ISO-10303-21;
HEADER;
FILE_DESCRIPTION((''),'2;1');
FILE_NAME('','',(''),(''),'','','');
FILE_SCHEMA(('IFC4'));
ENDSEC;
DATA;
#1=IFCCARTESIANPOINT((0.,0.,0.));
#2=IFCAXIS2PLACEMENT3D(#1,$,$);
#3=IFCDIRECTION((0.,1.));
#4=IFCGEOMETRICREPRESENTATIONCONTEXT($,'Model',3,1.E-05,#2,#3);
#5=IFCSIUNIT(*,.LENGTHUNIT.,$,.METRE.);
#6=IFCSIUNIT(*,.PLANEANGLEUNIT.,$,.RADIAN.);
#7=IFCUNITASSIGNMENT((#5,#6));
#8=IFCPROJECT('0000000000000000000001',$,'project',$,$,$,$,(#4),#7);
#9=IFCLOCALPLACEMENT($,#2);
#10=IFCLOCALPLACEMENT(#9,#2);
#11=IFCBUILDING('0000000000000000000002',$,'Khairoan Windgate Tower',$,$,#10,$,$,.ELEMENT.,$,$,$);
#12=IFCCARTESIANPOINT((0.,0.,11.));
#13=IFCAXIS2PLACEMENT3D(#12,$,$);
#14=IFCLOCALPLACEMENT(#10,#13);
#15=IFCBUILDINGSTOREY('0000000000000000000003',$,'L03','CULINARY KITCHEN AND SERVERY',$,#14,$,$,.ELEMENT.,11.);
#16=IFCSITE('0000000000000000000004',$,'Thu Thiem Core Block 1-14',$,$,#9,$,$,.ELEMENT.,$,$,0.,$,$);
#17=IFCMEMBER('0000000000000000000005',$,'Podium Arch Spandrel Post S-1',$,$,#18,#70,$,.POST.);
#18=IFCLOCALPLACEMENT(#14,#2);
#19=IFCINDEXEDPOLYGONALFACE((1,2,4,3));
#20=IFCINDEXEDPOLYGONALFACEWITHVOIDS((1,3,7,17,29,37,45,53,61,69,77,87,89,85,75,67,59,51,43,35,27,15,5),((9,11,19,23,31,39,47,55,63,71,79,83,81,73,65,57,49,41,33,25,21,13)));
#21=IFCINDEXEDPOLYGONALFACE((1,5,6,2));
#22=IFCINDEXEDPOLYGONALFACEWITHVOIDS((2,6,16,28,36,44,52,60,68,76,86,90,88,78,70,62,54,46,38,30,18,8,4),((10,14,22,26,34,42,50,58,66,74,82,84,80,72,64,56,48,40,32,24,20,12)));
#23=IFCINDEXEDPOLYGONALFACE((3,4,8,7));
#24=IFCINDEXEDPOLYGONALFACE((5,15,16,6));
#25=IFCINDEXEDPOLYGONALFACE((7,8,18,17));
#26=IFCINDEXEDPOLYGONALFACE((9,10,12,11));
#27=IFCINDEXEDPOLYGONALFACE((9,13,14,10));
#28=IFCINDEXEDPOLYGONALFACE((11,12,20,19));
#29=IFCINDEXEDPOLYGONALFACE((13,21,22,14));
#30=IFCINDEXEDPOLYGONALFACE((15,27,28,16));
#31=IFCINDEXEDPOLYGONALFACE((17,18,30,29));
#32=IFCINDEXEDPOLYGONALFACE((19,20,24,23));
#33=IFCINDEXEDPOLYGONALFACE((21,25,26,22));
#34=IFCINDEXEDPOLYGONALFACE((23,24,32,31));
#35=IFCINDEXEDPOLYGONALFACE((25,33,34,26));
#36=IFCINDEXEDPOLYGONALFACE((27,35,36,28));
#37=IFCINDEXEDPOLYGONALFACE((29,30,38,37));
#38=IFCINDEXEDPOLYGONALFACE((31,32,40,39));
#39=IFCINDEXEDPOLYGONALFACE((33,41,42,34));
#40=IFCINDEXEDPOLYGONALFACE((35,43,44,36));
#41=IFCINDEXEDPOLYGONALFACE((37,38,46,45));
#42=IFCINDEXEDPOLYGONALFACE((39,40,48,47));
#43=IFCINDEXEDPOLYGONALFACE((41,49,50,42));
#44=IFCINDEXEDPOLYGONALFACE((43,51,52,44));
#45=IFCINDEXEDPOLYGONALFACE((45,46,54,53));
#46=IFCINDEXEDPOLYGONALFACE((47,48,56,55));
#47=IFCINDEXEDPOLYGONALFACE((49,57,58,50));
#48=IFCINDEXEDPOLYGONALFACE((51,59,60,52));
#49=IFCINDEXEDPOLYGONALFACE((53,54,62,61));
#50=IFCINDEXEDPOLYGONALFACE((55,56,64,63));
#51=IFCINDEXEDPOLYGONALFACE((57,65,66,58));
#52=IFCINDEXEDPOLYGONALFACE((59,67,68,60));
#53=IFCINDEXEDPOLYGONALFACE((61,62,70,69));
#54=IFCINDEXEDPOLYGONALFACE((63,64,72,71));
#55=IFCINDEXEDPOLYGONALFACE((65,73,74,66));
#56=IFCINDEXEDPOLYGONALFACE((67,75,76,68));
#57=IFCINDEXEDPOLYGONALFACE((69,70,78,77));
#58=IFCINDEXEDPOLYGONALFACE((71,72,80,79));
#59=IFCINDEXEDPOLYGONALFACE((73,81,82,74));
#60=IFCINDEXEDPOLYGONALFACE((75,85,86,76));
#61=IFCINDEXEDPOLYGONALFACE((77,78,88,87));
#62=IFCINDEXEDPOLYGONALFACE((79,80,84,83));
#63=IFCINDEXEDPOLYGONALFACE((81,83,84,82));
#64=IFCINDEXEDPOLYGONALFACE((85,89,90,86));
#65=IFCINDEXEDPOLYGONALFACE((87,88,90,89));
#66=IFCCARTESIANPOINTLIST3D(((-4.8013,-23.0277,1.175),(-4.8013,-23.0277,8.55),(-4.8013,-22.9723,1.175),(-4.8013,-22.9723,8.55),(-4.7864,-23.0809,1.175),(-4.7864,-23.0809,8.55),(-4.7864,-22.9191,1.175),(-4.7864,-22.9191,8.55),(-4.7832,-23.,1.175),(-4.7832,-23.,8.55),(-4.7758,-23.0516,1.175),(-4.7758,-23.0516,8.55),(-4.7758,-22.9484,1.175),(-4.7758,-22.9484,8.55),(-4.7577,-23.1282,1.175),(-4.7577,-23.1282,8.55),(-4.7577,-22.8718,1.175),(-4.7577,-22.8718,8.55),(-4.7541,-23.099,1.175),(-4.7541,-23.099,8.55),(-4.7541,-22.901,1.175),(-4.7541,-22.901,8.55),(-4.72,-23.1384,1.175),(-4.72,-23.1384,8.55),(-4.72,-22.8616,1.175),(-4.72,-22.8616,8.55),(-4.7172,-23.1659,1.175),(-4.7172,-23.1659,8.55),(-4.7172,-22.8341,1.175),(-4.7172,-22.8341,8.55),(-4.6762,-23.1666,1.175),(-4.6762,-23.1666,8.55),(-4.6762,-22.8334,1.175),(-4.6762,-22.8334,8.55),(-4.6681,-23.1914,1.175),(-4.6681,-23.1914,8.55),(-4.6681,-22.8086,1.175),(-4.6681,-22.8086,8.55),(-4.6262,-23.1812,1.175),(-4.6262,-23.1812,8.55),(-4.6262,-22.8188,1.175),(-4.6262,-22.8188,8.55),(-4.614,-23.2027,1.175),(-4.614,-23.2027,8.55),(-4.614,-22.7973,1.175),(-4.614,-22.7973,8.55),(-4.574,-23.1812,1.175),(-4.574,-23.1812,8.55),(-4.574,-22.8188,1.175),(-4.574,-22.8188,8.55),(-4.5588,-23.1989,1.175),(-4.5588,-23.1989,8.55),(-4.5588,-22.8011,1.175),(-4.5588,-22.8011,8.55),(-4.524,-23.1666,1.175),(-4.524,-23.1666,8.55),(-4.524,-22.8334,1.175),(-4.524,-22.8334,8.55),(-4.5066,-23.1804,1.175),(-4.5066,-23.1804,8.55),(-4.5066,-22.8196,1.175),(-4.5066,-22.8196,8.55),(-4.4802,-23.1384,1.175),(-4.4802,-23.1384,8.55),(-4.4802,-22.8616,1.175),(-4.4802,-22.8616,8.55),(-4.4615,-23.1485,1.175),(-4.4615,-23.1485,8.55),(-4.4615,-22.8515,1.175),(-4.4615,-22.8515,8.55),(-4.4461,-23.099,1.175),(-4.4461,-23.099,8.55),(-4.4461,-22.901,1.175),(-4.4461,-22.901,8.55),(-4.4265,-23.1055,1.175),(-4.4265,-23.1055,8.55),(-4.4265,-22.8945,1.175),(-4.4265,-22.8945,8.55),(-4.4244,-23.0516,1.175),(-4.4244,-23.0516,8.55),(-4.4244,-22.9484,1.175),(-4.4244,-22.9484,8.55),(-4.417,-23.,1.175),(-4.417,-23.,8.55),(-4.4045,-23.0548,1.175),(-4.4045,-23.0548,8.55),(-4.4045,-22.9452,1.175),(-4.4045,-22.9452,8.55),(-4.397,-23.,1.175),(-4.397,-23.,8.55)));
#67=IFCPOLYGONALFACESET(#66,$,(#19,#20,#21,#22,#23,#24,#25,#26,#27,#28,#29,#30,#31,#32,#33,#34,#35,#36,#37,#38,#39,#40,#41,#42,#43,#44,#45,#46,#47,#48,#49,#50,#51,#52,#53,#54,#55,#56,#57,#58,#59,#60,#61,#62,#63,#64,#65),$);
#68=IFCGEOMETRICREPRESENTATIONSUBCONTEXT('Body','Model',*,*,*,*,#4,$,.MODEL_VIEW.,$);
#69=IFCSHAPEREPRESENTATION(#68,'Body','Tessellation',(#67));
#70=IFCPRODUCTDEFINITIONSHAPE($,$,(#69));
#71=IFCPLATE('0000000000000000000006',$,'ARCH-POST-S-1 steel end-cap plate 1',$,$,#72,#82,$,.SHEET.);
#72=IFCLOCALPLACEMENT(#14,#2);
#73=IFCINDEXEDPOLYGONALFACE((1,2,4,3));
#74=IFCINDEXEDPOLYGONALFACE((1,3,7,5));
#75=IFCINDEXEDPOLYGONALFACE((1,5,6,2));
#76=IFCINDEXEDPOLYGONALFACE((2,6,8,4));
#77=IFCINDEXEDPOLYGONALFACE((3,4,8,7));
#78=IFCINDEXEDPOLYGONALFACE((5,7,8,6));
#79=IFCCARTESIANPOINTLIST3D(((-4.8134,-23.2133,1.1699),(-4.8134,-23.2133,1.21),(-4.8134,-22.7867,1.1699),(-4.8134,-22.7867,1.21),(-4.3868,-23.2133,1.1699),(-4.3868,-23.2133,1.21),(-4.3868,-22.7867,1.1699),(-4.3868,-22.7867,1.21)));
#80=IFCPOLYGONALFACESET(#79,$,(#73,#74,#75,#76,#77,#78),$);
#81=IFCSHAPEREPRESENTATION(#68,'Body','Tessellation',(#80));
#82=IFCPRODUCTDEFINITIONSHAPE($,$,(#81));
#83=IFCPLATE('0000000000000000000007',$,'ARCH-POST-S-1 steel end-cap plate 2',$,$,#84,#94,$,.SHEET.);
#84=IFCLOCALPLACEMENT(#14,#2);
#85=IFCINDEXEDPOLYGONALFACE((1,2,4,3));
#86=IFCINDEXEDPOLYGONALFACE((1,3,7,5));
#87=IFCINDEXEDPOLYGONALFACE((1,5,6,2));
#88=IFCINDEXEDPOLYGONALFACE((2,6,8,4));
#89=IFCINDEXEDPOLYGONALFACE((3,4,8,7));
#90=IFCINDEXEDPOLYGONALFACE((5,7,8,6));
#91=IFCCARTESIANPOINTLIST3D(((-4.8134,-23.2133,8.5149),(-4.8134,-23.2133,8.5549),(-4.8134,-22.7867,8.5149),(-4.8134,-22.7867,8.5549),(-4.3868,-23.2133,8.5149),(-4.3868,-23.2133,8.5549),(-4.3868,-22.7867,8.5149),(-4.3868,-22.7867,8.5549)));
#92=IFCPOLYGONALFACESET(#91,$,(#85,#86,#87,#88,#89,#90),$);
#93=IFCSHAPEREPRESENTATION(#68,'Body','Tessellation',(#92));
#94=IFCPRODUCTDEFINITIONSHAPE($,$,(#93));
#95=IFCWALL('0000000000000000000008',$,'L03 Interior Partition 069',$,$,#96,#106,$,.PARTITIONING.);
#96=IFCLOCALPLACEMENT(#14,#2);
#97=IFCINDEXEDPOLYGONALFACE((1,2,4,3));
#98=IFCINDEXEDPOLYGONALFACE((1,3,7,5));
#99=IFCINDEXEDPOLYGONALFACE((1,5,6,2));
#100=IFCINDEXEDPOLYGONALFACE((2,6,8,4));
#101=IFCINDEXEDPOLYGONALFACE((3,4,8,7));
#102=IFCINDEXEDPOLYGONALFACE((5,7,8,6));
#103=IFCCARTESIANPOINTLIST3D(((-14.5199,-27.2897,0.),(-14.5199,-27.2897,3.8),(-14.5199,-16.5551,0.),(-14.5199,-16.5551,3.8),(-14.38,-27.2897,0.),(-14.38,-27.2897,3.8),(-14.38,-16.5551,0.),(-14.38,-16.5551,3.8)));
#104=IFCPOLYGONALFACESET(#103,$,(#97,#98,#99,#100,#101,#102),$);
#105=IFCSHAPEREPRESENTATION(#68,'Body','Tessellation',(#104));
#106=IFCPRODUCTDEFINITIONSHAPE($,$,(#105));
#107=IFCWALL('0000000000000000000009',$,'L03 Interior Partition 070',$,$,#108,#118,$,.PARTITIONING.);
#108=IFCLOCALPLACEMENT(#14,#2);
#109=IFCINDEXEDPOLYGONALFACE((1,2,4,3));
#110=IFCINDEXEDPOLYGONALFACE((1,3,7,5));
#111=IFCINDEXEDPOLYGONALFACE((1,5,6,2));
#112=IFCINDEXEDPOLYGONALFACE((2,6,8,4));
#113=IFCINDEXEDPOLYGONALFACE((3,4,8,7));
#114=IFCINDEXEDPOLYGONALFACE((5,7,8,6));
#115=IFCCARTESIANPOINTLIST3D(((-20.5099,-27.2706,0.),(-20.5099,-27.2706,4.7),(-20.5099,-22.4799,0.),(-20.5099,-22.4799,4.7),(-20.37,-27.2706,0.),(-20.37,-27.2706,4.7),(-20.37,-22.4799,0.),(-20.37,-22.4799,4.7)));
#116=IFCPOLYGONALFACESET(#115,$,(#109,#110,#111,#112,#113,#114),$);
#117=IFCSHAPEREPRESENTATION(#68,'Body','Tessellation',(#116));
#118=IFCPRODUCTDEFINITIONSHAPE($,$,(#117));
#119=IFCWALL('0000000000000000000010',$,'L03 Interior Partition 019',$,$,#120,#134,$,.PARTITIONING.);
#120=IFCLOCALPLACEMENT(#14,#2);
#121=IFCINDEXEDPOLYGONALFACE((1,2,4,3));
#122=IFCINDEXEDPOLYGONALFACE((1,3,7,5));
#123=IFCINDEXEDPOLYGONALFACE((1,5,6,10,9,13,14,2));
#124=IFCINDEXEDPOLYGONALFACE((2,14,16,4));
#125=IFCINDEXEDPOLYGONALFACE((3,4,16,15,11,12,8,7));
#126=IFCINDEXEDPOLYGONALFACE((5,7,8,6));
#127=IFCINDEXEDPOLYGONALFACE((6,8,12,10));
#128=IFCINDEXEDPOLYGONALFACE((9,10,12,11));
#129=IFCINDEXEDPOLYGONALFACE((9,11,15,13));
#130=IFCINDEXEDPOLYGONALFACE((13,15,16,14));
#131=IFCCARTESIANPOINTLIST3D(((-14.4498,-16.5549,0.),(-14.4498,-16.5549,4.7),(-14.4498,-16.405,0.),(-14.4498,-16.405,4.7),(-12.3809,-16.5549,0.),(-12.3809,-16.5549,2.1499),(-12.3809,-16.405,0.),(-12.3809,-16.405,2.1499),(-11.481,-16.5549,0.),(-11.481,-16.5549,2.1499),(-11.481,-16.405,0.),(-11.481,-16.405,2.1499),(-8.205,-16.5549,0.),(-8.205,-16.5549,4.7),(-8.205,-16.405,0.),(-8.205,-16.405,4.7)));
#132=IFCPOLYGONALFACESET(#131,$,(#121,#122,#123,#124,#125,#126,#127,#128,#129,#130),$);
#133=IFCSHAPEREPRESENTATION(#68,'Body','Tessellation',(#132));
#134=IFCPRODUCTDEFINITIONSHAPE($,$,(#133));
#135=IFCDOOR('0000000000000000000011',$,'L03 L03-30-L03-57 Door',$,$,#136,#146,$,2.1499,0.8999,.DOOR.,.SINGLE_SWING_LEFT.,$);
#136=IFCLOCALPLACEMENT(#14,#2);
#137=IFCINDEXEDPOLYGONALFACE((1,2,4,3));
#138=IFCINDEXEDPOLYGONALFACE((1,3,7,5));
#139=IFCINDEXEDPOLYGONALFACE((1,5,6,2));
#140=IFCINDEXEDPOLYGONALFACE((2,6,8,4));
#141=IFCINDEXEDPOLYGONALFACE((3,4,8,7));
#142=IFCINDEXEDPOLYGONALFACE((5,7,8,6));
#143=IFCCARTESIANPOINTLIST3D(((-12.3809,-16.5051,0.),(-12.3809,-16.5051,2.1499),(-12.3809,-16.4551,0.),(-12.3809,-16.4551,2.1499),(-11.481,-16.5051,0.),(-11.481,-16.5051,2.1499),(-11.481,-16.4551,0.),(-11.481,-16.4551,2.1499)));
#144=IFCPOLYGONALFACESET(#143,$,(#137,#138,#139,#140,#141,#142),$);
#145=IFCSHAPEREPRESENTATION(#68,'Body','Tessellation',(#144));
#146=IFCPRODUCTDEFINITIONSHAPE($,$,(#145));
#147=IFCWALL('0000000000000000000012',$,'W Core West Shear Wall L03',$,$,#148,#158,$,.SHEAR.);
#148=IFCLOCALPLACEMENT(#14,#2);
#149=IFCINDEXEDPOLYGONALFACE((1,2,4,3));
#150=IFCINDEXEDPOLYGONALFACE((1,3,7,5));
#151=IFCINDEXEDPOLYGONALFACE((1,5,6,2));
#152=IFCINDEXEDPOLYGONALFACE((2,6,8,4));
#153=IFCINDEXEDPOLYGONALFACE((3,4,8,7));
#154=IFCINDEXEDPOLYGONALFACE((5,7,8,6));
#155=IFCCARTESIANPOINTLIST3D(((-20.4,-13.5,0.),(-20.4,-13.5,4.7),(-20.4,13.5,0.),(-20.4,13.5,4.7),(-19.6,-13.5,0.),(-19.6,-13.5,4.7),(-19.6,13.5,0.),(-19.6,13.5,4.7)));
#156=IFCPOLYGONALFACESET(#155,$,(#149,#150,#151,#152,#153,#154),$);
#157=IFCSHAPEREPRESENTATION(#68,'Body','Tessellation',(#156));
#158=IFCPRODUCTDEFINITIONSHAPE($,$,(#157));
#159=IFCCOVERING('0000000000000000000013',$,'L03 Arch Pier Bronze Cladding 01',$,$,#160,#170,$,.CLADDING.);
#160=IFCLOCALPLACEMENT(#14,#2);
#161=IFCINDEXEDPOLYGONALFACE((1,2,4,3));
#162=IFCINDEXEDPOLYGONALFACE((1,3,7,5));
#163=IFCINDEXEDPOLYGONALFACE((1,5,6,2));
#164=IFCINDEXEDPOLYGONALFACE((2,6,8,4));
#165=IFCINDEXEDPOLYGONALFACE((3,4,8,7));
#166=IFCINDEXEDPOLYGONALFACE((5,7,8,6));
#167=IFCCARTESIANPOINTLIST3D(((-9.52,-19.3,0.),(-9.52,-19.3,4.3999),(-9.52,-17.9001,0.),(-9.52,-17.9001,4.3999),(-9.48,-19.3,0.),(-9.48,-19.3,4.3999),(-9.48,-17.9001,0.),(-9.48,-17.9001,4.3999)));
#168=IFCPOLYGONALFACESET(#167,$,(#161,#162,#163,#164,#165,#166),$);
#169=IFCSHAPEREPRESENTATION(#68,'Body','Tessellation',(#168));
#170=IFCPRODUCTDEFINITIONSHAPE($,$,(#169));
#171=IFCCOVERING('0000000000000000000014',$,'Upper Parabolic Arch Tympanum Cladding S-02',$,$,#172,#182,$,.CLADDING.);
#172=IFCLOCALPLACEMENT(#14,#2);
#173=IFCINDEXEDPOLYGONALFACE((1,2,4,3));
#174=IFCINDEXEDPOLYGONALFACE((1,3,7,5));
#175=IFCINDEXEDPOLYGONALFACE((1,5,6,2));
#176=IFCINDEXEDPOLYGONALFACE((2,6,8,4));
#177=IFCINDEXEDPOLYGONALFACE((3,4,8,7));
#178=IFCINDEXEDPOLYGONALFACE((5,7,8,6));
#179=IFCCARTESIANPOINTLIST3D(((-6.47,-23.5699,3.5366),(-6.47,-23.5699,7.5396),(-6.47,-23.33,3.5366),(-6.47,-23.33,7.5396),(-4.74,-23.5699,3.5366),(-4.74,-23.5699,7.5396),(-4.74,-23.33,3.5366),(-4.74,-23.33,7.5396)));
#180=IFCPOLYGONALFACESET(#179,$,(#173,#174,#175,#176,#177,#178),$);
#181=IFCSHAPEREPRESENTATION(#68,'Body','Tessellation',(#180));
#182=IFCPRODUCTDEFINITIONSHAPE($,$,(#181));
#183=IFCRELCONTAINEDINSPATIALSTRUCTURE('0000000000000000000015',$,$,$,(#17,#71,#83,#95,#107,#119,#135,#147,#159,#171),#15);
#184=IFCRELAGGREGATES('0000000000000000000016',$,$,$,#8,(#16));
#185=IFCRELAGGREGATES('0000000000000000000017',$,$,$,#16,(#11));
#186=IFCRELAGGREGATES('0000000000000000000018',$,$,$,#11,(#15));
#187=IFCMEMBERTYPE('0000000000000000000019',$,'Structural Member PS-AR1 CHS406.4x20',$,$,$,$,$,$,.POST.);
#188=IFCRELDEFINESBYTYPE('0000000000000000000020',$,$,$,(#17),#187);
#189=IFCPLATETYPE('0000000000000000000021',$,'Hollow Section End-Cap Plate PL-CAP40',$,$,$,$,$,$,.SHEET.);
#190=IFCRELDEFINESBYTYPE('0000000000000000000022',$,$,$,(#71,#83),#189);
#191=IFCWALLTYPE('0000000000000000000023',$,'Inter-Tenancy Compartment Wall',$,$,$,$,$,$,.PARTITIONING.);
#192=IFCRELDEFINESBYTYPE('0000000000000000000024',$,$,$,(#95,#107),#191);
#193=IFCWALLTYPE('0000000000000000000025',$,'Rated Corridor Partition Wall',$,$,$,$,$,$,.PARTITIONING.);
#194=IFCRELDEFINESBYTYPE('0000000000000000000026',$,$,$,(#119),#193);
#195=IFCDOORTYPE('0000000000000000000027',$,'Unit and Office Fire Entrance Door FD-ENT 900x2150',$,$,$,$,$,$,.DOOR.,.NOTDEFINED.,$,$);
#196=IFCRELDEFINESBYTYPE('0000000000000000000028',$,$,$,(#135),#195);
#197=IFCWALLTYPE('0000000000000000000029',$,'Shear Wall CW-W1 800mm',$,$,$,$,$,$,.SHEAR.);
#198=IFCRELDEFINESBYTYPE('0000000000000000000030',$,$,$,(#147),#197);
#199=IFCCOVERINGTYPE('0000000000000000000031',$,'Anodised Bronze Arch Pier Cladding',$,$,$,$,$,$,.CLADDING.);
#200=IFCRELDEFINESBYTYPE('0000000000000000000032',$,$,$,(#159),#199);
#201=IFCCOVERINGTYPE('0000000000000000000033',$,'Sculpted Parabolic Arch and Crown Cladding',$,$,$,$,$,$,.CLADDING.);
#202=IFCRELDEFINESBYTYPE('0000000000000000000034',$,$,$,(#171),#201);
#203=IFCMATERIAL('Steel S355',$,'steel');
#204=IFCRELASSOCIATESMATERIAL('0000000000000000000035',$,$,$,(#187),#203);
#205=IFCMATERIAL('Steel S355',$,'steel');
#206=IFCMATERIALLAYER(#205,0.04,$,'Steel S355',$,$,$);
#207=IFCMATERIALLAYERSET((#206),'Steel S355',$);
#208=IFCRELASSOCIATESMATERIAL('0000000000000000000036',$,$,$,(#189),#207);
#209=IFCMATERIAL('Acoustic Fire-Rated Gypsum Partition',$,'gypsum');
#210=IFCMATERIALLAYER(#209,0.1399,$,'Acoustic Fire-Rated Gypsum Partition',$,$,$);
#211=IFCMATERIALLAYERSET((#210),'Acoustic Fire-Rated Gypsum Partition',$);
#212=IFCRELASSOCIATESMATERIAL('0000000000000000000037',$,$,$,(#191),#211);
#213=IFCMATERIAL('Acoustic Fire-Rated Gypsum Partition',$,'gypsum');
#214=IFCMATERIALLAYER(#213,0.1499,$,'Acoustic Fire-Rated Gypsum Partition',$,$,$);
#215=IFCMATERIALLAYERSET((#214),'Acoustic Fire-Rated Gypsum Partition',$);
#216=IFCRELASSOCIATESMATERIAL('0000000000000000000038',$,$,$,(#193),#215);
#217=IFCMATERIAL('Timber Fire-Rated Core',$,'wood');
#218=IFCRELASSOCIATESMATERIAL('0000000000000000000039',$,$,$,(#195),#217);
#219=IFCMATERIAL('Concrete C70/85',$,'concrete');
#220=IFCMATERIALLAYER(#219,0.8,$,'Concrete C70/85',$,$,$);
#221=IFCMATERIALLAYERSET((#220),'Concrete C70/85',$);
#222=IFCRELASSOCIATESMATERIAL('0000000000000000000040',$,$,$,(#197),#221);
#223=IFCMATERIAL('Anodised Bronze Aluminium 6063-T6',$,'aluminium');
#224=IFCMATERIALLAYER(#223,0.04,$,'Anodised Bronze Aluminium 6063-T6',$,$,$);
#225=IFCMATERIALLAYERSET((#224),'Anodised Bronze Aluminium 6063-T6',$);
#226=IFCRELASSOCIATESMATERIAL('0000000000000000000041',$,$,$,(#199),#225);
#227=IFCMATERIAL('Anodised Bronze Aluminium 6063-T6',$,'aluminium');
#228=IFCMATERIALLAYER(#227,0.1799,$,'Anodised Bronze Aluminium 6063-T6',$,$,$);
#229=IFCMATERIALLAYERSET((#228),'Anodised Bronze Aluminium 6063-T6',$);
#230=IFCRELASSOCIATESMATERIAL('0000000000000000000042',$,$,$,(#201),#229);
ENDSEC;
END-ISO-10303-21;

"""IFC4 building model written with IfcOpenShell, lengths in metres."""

from ifc_helpers import new_model, si_unit, direction, frame, frame_2d, origin, origin_2d, place, context, subcontext, project, spatial, rectangle, hollow_circle, extrude, material, layer, layer_set, material_profile, profile_set, type_object, element, fill, save


model = new_model("IFC4")

# Units and contexts
model_context = context("Model", 3, precision=1e-05, world=origin(), true_north=direction((0.0, 1.0)))
body_context = subcontext(model_context, "Body", "Model", "MODEL_VIEW")
ifc_project = project(units=[si_unit("LENGTHUNIT", "METRE"), si_unit("PLANEANGLEUNIT", "RADIAN")], contexts=[model_context])

# Site, building, storey
site_placement = place(None, origin())
site = spatial("IfcSite", under=ifc_project, at=site_placement, Name="Thu Thiem Core Block 1-14", CompositionType="ELEMENT", RefElevation=0.0)
building_placement = place(site_placement, origin())
building = spatial("IfcBuilding", under=site, at=building_placement, Name="Khairoan Windgate Tower", CompositionType="ELEMENT")
storey_placement = place(building_placement, frame((0.0, 0.0, 11.0)))
storey = spatial("IfcBuildingStorey", under=building, at=storey_placement, Name="L03", Description="CULINARY KITCHEN AND SERVERY", CompositionType="ELEMENT", Elevation=11.0)

# Member
ifc_material_1 = material(Name="Steel S355", Category="steel")
ifc_material_profile_1 = material_profile(ifc_material_1, hollow_circle(Radius=0.2031, WallThickness=0.02, at=origin_2d()))
ifc_profile_set_1 = profile_set([ifc_material_profile_1], Name="Steel S355")
member_type_1 = type_object("IfcMemberType", Name="Structural Member PS-AR1 CHS406.4x20", PredefinedType="POST", material=ifc_profile_set_1)
member_1_placement = place(storey_placement, frame((-4.6001, -23.0, 1.175), z_axis=(0.0, 0.0, 1.0), x_axis=(1.0, 0.0, 0.0)))
element("IfcMember", 1, at=member_1_placement, inside=storey, type_object=member_type_1, Name="Podium Arch Spandrel Post S-1", PredefinedType="POST", context=body_context, shape_type="SweptSolid", body=[
    extrude(hollow_circle(Radius=0.2031, WallThickness=0.02, at=origin_2d()), origin(), (0.0, 0.0, 1.0), 7.375),
])

# Plates
ifc_material_2 = material(Name="Steel S355", Category="steel")
ifc_layer_1 = layer(ifc_material_2, 0.04, Name="Steel S355")
ifc_layer_set_1 = layer_set([ifc_layer_1], Name="Steel S355")
plate_type_1 = type_object("IfcPlateType", Name="Hollow Section End-Cap Plate PL-CAP40", PredefinedType="SHEET", material=ifc_layer_set_1)
for number, where, z_axis, x_axis, name in (
    (2, (-4.6001, -23.0, 1.1699), (0.0, 0.0, 1.0), (1.0, 0.0, 0.0), "ARCH-POST-S-1 steel end-cap plate 1"),
    (3, (-4.6001, -23.0, 8.5149), (0.0, 0.0, 1.0), (1.0, 0.0, 0.0), "ARCH-POST-S-1 steel end-cap plate 2"),
):
    element("IfcPlate", number, at=place(storey_placement, frame(where, z_axis=z_axis, x_axis=x_axis)), inside=storey, type_object=plate_type_1, Name=name, PredefinedType="SHEET", context=body_context, shape_type="SweptSolid", body=[
        extrude(rectangle(XDim=0.4265, YDim=0.4265, at=origin_2d()), origin(), (0.0, 0.0, 1.0), 0.04),
    ])

# Walls
ifc_material_3 = material(Name="Acoustic Fire-Rated Gypsum Partition", Category="gypsum")
ifc_layer_2 = layer(ifc_material_3, 0.1399, Name="Acoustic Fire-Rated Gypsum Partition")
ifc_layer_set_2 = layer_set([ifc_layer_2], Name="Acoustic Fire-Rated Gypsum Partition")
wall_type_1 = type_object("IfcWallType", Name="Inter-Tenancy Compartment Wall", PredefinedType="PARTITIONING", material=ifc_layer_set_2)
wall_1_placement = place(storey_placement, frame((-14.45, -27.2896, 0.0), z_axis=(0.0, 0.0, 1.0), x_axis=(0.0, 1.0, 0.0)))
element("IfcWall", 4, at=wall_1_placement, inside=storey, type_object=wall_type_1, Name="L03 Interior Partition 069", PredefinedType="PARTITIONING", context=body_context, shape_type="SweptSolid", body=[
    extrude(rectangle(XDim=10.7346, YDim=0.1399, at=frame_2d((5.3672, 0.0))), origin(), (0.0, 0.0, 1.0), 3.8),
])
wall_2_placement = place(storey_placement, frame((-20.4399, -27.2708, 0.0), z_axis=(0.0, 0.0, 1.0), x_axis=(0.0, 1.0, 0.0)))
element("IfcWall", 5, at=wall_2_placement, inside=storey, type_object=wall_type_1, Name="L03 Interior Partition 070", PredefinedType="PARTITIONING", context=body_context, shape_type="SweptSolid", body=[
    extrude(rectangle(XDim=4.7908, YDim=0.1399, at=frame_2d((2.3955, 0.0))), origin(), (0.0, 0.0, 1.0), 4.7),
])

# Wall, opening, door
ifc_material_4 = material(Name="Acoustic Fire-Rated Gypsum Partition", Category="gypsum")
ifc_layer_3 = layer(ifc_material_4, 0.1499, Name="Acoustic Fire-Rated Gypsum Partition")
ifc_layer_set_3 = layer_set([ifc_layer_3], Name="Acoustic Fire-Rated Gypsum Partition")
wall_type_2 = type_object("IfcWallType", Name="Rated Corridor Partition Wall", PredefinedType="PARTITIONING", material=ifc_layer_set_3)
wall_3_placement = place(storey_placement, frame((-14.45, -16.48, 0.0), z_axis=(0.0, 0.0, 1.0), x_axis=(1.0, 0.0, 0.0)))
wall_3 = element("IfcWall", 6, at=wall_3_placement, inside=storey, type_object=wall_type_2, Name="L03 Interior Partition 019", PredefinedType="PARTITIONING", context=body_context, shape_type="SweptSolid", body=[
    extrude(rectangle(XDim=6.2449, YDim=0.1499, at=frame_2d((3.1226, 0.0))), origin(), (0.0, 0.0, 1.0), 4.7),
])
opening_placement = place(wall_3_placement, frame((2.0691, 0.0, 0.0)))
opening = element("IfcOpeningElement", 7, at=opening_placement, cuts=wall_3, PredefinedType="OPENING", context=body_context, shape_type="SweptSolid", body=[
    extrude(rectangle(XDim=0.8999, YDim=2.1499, at=frame_2d((0.45, 1.075))), frame((0.0, 0.085, 0.0), z_axis=(0.0, -1.0, 0.0), x_axis=(1.0, 0.0, 0.0)), (0.0, 0.0, 1.0), 0.1699),
])
ifc_material_5 = material(Name="Timber Fire-Rated Core", Category="wood")
door_type = type_object("IfcDoorType", Name="Unit and Office Fire Entrance Door FD-ENT 900x2150", OperationType="NOTDEFINED", PredefinedType="DOOR", material=ifc_material_5)
door_placement = place(opening_placement, origin())
door = element("IfcDoor", 8, at=door_placement, inside=storey, type_object=door_type, Name="L03 L03-30-L03-57 Door", OperationType="SINGLE_SWING_LEFT", OverallHeight=2.1499, OverallWidth=0.8999, PredefinedType="DOOR", context=body_context, shape_type="SweptSolid", body=[
    extrude(rectangle(XDim=0.8999, YDim=2.1499, at=frame_2d((0.45, 1.075))), frame((0.0, 0.0249, 0.0), z_axis=(0.0, -1.0, 0.0), x_axis=(1.0, 0.0, 0.0)), (0.0, 0.0, 1.0), 0.05),
])
fill(opening, door)

# Wall
ifc_material_6 = material(Name="Concrete C70/85", Category="concrete")
ifc_layer_4 = layer(ifc_material_6, 0.8, Name="Concrete C70/85")
ifc_layer_set_4 = layer_set([ifc_layer_4], Name="Concrete C70/85")
wall_type_3 = type_object("IfcWallType", Name="Shear Wall CW-W1 800mm", PredefinedType="SHEAR", material=ifc_layer_set_4)
wall_4_placement = place(storey_placement, frame((-20.0, -13.5, 0.0), z_axis=(0.0, 0.0, 1.0), x_axis=(0.0, 1.0, 0.0)))
element("IfcWall", 9, at=wall_4_placement, inside=storey, type_object=wall_type_3, Name="W Core West Shear Wall L03", PredefinedType="SHEAR", context=body_context, shape_type="SweptSolid", body=[
    extrude(rectangle(XDim=27.0, YDim=0.8, at=frame_2d((13.5, 0.0))), origin(), (0.0, 0.0, 1.0), 4.7),
])

# Coverings
ifc_material_7 = material(Name="Anodised Bronze Aluminium 6063-T6", Category="aluminium")
ifc_layer_5 = layer(ifc_material_7, 0.04, Name="Anodised Bronze Aluminium 6063-T6")
ifc_layer_set_5 = layer_set([ifc_layer_5], Name="Anodised Bronze Aluminium 6063-T6")
covering_type_1 = type_object("IfcCoveringType", Name="Anodised Bronze Arch Pier Cladding", PredefinedType="CLADDING", material=ifc_layer_set_5)
covering_1_placement = place(storey_placement, frame((-9.5, -18.6001, 0.0), z_axis=(0.0, 0.0, 1.0), x_axis=(1.0, 0.0, 0.0)))
element("IfcCovering", 10, at=covering_1_placement, inside=storey, type_object=covering_type_1, Name="L03 Arch Pier Bronze Cladding 01", PredefinedType="CLADDING", context=body_context, shape_type="SweptSolid", body=[
    extrude(rectangle(XDim=0.04, YDim=1.3999, at=origin_2d()), origin(), (0.0, 0.0, 1.0), 4.3999),
])
ifc_material_8 = material(Name="Anodised Bronze Aluminium 6063-T6", Category="aluminium")
ifc_layer_6 = layer(ifc_material_8, 0.1799, Name="Anodised Bronze Aluminium 6063-T6")
ifc_layer_set_6 = layer_set([ifc_layer_6], Name="Anodised Bronze Aluminium 6063-T6")
covering_type_2 = type_object("IfcCoveringType", Name="Sculpted Parabolic Arch and Crown Cladding", PredefinedType="CLADDING", material=ifc_layer_set_6)
covering_2_placement = place(storey_placement, frame((-5.605, -23.45, 3.5366), z_axis=(0.0, 0.0, 1.0), x_axis=(1.0, 0.0, 0.0)))
element("IfcCovering", 11, at=covering_2_placement, inside=storey, type_object=covering_type_2, Name="Upper Parabolic Arch Tympanum Cladding S-02", PredefinedType="CLADDING", context=body_context, shape_type="SweptSolid", body=[
    extrude(rectangle(XDim=1.73, YDim=0.24, at=origin_2d()), origin(), (0.0, 0.0, 1.0), 4.0029),
])

save(model, "model.ifc")
